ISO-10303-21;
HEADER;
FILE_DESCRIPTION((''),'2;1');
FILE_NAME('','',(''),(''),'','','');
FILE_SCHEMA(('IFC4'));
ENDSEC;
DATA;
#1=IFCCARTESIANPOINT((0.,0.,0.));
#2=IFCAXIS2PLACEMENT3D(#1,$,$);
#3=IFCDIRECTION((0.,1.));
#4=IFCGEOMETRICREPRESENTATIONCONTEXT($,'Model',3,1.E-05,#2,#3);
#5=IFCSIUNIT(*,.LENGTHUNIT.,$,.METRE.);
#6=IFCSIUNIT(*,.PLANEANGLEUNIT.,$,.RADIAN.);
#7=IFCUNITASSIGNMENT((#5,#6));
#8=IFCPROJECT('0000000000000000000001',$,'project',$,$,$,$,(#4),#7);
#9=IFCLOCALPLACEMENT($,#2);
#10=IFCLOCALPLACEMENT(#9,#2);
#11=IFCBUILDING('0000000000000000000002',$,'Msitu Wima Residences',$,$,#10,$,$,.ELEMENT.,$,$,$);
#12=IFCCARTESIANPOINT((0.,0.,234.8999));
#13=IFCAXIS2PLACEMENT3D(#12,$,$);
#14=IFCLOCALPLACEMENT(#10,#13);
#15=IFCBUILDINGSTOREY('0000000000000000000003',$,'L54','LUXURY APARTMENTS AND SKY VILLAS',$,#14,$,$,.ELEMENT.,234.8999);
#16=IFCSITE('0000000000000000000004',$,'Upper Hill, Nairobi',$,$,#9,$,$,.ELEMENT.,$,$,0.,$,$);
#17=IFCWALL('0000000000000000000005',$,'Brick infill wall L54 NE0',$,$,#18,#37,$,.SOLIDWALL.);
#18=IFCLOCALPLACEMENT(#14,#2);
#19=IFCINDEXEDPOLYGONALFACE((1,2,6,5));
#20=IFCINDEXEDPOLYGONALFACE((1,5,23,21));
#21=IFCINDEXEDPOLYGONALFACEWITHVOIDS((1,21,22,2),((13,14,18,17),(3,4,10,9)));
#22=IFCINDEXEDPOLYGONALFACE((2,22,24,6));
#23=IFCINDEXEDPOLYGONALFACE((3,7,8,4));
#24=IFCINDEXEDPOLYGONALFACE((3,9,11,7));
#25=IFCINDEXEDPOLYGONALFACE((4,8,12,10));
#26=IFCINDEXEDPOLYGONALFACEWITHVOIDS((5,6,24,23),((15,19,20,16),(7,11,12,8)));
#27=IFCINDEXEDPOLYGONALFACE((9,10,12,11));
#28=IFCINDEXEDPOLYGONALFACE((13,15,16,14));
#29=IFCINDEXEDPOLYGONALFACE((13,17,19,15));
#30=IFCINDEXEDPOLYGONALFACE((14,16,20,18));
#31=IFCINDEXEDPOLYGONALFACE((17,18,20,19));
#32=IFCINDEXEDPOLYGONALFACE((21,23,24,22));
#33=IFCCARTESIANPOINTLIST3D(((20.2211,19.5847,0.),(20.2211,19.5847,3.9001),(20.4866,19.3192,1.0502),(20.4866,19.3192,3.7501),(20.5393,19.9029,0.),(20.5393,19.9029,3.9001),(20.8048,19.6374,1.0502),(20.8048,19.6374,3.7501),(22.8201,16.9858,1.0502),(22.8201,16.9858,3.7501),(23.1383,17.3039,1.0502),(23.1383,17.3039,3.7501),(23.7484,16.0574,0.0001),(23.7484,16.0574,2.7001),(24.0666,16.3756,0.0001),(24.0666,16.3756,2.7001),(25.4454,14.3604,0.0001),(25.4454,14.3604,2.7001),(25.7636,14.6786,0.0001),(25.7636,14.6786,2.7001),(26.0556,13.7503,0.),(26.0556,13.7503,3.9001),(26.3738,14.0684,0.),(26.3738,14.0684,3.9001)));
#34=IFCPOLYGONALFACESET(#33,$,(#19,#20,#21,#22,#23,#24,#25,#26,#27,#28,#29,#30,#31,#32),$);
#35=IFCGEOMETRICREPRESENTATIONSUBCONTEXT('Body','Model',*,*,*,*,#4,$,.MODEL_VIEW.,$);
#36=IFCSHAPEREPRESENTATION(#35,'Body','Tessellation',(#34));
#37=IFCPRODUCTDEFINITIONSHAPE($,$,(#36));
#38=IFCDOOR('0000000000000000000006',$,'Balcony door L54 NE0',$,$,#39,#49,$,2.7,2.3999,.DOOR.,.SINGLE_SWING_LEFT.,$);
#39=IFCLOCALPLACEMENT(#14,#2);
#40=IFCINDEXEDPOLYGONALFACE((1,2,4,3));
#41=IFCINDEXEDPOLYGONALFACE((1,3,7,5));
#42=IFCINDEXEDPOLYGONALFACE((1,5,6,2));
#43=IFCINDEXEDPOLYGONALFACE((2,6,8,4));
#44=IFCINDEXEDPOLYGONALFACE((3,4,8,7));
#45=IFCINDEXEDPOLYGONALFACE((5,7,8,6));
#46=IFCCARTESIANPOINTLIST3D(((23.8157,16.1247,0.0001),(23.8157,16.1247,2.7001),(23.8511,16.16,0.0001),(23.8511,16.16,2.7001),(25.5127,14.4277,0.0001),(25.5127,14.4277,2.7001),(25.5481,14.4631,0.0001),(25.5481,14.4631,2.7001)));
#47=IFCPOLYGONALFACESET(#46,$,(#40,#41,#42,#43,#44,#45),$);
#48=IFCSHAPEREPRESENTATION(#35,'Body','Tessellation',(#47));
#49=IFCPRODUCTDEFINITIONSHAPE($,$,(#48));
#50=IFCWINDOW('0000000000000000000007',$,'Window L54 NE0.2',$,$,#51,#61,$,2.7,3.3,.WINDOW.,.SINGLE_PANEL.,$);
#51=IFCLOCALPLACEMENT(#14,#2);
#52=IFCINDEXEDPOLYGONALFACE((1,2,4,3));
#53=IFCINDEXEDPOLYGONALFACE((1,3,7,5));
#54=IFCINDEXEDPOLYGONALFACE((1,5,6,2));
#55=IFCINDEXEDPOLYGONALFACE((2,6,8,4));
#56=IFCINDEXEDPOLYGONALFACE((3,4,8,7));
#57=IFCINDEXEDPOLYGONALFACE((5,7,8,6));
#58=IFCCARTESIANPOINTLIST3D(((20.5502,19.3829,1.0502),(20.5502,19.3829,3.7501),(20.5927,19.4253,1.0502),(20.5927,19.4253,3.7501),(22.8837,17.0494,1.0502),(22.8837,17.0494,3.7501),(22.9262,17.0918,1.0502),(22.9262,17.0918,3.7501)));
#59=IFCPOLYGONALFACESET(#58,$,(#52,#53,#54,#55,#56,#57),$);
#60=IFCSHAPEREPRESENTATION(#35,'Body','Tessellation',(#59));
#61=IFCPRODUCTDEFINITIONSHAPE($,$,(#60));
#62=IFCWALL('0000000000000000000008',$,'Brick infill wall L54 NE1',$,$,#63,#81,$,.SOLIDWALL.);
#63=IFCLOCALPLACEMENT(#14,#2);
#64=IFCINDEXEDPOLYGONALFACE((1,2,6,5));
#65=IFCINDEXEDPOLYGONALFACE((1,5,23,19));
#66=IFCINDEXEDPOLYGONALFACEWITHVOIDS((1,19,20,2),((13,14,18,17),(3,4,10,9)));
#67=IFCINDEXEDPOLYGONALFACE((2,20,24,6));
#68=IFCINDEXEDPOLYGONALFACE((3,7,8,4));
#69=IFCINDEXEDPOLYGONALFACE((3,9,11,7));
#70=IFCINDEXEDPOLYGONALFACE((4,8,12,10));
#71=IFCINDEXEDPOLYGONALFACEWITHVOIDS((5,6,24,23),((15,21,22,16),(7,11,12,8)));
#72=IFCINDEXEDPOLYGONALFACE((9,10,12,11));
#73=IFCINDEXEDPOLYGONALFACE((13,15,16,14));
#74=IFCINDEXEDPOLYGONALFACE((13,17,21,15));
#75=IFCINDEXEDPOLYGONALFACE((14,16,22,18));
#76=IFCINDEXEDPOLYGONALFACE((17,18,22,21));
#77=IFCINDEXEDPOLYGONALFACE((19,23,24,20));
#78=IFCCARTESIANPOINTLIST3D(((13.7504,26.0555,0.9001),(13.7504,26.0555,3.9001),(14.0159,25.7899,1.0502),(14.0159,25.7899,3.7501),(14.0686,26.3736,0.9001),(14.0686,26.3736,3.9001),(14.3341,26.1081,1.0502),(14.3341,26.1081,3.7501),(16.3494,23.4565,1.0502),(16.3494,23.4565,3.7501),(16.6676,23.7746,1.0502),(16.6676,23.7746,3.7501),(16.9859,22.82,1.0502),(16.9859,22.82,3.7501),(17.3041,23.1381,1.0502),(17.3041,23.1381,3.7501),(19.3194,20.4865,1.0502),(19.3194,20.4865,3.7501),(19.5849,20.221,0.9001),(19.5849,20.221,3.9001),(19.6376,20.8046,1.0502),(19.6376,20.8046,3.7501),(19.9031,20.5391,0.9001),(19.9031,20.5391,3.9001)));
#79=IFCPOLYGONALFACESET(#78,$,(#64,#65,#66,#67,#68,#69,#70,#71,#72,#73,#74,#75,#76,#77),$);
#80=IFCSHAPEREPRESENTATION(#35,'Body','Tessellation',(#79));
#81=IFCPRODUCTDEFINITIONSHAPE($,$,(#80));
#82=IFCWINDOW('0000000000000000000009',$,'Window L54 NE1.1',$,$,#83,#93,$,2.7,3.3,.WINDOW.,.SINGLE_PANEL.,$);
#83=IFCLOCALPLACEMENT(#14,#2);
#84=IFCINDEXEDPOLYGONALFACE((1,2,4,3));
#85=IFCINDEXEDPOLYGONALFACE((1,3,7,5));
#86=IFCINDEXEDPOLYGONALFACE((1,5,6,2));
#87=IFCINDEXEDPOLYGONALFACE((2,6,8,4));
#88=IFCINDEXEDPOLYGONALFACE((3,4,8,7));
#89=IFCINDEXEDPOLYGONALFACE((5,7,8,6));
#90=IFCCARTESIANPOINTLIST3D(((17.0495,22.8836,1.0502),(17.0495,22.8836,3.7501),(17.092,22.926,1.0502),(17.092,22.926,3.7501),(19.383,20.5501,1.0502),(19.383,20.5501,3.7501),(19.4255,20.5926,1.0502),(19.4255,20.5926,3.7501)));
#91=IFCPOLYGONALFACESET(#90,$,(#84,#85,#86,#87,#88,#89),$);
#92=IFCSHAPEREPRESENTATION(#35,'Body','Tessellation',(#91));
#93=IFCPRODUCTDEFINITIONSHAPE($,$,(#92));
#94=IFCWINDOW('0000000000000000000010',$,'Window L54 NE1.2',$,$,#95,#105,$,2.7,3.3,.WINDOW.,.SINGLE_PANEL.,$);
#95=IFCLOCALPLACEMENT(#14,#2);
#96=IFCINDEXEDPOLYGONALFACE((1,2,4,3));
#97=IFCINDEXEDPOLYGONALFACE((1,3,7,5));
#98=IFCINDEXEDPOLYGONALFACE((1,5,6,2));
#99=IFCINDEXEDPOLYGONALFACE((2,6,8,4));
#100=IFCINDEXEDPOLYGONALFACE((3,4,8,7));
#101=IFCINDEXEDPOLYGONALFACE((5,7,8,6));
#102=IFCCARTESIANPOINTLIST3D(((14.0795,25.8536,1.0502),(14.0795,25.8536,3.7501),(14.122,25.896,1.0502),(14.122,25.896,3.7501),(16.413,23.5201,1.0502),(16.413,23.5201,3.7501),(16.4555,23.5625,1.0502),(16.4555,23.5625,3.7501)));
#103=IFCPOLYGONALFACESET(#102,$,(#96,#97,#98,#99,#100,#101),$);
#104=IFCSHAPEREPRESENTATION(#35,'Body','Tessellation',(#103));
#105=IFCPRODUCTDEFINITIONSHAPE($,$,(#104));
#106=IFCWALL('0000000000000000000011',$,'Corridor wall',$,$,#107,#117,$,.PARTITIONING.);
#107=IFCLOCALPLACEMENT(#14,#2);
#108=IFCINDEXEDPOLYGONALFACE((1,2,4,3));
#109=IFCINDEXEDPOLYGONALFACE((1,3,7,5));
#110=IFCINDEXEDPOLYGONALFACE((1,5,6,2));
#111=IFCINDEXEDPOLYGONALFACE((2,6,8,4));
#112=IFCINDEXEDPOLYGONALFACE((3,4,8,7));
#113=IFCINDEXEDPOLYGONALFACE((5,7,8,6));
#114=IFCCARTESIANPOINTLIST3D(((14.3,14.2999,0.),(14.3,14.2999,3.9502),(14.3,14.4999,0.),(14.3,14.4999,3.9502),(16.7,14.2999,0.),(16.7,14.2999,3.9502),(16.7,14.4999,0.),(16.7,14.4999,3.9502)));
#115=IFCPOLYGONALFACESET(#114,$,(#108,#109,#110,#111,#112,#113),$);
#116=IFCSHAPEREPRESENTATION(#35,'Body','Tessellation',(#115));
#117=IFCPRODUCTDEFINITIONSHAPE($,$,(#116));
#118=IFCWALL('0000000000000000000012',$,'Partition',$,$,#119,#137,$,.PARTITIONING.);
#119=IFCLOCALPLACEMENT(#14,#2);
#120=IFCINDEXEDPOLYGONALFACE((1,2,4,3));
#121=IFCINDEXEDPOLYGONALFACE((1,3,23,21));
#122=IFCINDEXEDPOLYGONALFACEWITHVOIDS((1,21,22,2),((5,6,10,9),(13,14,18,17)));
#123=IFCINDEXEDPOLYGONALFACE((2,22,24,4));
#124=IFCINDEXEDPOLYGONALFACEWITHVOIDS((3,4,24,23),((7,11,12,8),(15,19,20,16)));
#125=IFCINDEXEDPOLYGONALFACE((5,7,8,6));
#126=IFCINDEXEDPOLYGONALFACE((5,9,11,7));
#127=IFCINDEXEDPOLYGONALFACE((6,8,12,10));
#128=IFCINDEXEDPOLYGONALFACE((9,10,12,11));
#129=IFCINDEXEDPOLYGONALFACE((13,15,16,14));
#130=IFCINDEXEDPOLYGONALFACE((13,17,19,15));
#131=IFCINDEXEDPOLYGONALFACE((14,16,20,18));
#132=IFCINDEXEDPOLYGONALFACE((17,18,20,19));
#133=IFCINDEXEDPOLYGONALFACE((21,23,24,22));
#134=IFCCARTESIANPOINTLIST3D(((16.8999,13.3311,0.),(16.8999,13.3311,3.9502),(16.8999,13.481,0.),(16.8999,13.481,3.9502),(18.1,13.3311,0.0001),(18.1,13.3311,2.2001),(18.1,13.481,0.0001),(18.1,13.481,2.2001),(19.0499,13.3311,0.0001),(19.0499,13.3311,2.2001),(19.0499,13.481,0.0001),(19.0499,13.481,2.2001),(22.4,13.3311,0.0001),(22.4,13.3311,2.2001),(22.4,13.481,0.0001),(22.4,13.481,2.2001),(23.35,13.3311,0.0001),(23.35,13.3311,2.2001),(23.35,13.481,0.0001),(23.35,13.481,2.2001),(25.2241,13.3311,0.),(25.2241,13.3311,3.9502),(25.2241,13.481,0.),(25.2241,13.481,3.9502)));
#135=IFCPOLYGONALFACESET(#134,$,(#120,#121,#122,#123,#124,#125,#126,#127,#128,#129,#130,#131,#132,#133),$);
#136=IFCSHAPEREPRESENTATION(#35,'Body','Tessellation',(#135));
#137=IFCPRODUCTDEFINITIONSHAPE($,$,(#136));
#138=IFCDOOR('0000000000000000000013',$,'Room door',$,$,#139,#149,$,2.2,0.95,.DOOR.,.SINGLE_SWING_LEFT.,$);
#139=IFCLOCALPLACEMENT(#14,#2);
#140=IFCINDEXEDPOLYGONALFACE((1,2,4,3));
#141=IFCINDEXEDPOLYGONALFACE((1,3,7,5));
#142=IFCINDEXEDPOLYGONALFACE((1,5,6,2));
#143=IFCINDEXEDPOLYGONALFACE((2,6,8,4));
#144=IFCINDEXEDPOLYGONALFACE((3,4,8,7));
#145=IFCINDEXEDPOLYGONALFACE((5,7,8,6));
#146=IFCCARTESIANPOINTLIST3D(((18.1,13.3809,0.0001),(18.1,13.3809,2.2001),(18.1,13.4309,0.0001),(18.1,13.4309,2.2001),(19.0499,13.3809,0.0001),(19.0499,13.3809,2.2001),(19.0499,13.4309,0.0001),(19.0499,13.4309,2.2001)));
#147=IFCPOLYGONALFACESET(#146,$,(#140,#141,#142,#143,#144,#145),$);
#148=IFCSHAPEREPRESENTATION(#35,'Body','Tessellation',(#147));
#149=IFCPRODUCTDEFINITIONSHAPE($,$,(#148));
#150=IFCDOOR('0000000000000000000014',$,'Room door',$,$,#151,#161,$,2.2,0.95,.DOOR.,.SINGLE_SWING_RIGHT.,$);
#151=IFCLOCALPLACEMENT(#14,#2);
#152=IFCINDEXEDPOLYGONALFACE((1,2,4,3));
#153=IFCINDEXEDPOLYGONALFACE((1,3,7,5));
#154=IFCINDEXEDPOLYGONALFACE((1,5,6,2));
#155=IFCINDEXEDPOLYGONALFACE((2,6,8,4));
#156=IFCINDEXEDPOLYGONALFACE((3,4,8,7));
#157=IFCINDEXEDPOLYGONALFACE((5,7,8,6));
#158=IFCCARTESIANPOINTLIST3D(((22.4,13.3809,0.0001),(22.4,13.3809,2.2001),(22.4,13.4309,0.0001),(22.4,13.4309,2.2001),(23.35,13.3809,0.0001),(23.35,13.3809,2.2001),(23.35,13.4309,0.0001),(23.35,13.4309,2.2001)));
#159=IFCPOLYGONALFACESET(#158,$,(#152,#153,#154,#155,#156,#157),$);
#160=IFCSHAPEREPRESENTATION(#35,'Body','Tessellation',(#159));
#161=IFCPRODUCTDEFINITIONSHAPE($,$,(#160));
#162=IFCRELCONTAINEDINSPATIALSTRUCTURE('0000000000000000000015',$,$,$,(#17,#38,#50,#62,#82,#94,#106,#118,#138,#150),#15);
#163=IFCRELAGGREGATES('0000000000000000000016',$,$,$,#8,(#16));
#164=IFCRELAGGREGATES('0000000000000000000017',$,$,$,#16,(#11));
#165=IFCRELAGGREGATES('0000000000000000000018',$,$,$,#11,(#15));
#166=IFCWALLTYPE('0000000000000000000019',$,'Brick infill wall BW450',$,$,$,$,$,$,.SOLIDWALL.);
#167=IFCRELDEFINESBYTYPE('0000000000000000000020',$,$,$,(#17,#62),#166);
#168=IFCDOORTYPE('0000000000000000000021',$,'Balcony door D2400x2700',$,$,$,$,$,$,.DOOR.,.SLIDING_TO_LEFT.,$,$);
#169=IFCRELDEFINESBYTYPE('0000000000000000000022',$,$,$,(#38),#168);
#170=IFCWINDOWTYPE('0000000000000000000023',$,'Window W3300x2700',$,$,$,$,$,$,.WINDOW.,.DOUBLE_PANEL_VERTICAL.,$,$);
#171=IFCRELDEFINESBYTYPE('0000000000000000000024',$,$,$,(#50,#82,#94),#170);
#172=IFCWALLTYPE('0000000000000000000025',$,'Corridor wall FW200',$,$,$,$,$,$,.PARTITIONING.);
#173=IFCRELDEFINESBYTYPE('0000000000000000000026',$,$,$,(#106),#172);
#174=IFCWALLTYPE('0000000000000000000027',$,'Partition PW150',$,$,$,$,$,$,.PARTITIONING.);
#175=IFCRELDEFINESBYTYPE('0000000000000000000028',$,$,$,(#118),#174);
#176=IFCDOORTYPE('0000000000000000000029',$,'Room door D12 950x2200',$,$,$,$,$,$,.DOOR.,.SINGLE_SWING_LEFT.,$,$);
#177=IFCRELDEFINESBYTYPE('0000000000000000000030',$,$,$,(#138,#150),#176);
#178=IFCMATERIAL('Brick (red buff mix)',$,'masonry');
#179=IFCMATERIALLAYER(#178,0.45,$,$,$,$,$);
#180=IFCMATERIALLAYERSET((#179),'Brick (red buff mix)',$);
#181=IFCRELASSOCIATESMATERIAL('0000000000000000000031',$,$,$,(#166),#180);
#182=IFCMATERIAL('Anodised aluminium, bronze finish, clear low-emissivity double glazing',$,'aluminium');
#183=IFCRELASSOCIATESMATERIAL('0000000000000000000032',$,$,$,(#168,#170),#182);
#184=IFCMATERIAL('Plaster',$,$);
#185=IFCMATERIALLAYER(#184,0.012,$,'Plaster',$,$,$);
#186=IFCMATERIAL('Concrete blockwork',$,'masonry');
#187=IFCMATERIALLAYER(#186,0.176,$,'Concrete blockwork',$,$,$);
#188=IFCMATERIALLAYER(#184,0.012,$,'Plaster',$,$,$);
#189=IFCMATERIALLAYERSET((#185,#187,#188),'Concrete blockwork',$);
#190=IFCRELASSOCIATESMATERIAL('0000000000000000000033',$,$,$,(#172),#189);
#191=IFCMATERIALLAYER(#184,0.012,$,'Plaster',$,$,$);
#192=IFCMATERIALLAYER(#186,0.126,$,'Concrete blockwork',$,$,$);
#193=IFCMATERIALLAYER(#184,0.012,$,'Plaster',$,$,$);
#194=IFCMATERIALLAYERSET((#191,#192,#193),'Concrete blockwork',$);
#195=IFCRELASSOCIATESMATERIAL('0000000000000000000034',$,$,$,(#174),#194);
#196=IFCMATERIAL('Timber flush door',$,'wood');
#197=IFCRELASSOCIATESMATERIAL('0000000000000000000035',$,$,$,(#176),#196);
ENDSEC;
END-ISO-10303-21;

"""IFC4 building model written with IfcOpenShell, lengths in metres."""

from ifc_helpers import new_model, si_unit, direction, frame, frame_2d, origin, place, context, subcontext, project, spatial, rectangle, extrude, material, layer, layer_set, type_object, element, fill, save


model = new_model("IFC4")

# Units and contexts
model_context = context("Model", 3, precision=1e-05, world=origin(), true_north=direction((0.0, 1.0)))
body_context = subcontext(model_context, "Body", "Model", "MODEL_VIEW")
ifc_project = project(units=[si_unit("LENGTHUNIT", "METRE"), si_unit("PLANEANGLEUNIT", "RADIAN")], contexts=[model_context])

# Site, building, storey
site_placement = place(None, origin())
site = spatial("IfcSite", under=ifc_project, at=site_placement, Name="Upper Hill, Nairobi", CompositionType="ELEMENT", RefElevation=0.0)
building_placement = place(site_placement, origin())
building = spatial("IfcBuilding", under=site, at=building_placement, Name="Msitu Wima Residences", CompositionType="ELEMENT")
storey_placement = place(building_placement, frame((0.0, 0.0, 234.8999)))
storey = spatial("IfcBuildingStorey", under=building, at=storey_placement, Name="L54", Description="LUXURY APARTMENTS AND SKY VILLAS", CompositionType="ELEMENT", Elevation=234.8999)

# Wall, openings, door, window
ifc_material_1 = material(Name="Brick (red buff mix)", Category="masonry")
ifc_layer_1 = layer(ifc_material_1, 0.45)
ifc_layer_set_1 = layer_set([ifc_layer_1], Name="Brick (red buff mix)")
wall_type_1 = type_object("IfcWallType", Name="Brick infill wall BW450", PredefinedType="SOLIDWALL", material=ifc_layer_set_1)
wall_1_placement = place(storey_placement, frame((26.2146, 13.9094, 0.0), z_axis=(0.0, 0.0, 1.0), x_axis=(-0.707107, 0.707107, 0.0)))
wall_1 = element("IfcWall", 1, at=wall_1_placement, inside=storey, type_object=wall_type_1, Name="Brick infill wall L54 NE0", PredefinedType="SOLIDWALL", context=body_context, shape_type="SweptSolid", body=[
    extrude(rectangle(XDim=8.2512, YDim=0.45, at=frame_2d((4.1255, 0.0))), origin(), (0.0, 0.0, 1.0), 3.9001),
])
opening_1_placement = place(wall_1_placement, frame((0.8628, 0.0, 0.0)))
opening_1 = element("IfcOpeningElement", 2, at=opening_1_placement, cuts=wall_1, PredefinedType="OPENING", context=body_context, shape_type="SweptSolid", body=[
    extrude(rectangle(XDim=2.3999, YDim=2.7, at=frame_2d((1.2, 1.3501))), frame((0.0, 0.2349, 0.0), z_axis=(0.0, -1.0, 0.0), x_axis=(1.0, 0.0, 0.0)), (0.0, 0.0, 1.0), 0.47),
])
opening_2_placement = place(wall_1_placement, frame((4.5757, 0.0, 1.05)))
opening_2 = element("IfcOpeningElement", 3, at=opening_2_placement, cuts=wall_1, PredefinedType="OPENING", context=body_context, shape_type="SweptSolid", body=[
    extrude(rectangle(XDim=3.3, YDim=2.7, at=frame_2d((1.6499, 1.3501))), frame((0.0, 0.2349, 0.0), z_axis=(0.0, -1.0, 0.0), x_axis=(1.0, 0.0, 0.0)), (0.0, 0.0, 1.0), 0.47),
])
ifc_material_2 = material(Name="Anodised aluminium, bronze finish, clear low-emissivity double glazing", Category="aluminium")
door_type_1 = type_object("IfcDoorType", Name="Balcony door D2400x2700", OperationType="SLIDING_TO_LEFT", PredefinedType="DOOR", material=ifc_material_2)
door_1_placement = place(opening_1_placement, origin())
door_1 = element("IfcDoor", 4, at=door_1_placement, inside=storey, type_object=door_type_1, Name="Balcony door L54 NE0", OperationType="SINGLE_SWING_LEFT", OverallHeight=2.7, OverallWidth=2.3999, PredefinedType="DOOR", context=body_context, shape_type="SweptSolid", body=[
    extrude(rectangle(XDim=2.3999, YDim=2.7, at=frame_2d((1.2, 1.3501))), frame((0.0, 0.1299, 0.0), z_axis=(0.0, -1.0, 0.0), x_axis=(1.0, 0.0, 0.0)), (0.0, 0.0, 1.0), 0.05),
])
fill(opening_1, door_1)
window_type = type_object("IfcWindowType", Name="Window W3300x2700", PartitioningType="DOUBLE_PANEL_VERTICAL", PredefinedType="WINDOW", material=ifc_material_2)
window_1_placement = place(opening_2_placement, origin())
window_1 = element("IfcWindow", 5, at=window_1_placement, inside=storey, type_object=window_type, Name="Window L54 NE0.2", OverallHeight=2.7, OverallWidth=3.3, PartitioningType="SINGLE_PANEL", PredefinedType="WINDOW", context=body_context, shape_type="SweptSolid", body=[
    extrude(rectangle(XDim=3.3, YDim=2.7, at=frame_2d((1.6499, 1.3501))), frame((0.0, 0.135, 0.0), z_axis=(0.0, -1.0, 0.0), x_axis=(1.0, 0.0, 0.0)), (0.0, 0.0, 1.0), 0.0601),
])
fill(opening_2, window_1)

# Wall, openings, windows
wall_2_placement = place(storey_placement, frame((19.7439, 20.3801, 0.9001), z_axis=(0.0, 0.0, 1.0), x_axis=(-0.707107, 0.707107, 0.0)))
wall_2 = element("IfcWall", 6, at=wall_2_placement, inside=storey, type_object=wall_type_1, Name="Brick infill wall L54 NE1", PredefinedType="SOLIDWALL", context=body_context, shape_type="SweptSolid", body=[
    extrude(rectangle(XDim=8.2512, YDim=0.45, at=frame_2d((4.1255, 0.0))), origin(), (0.0, 0.0, 1.0), 3.0),
])
opening_3_placement = place(wall_2_placement, frame((0.3755, 0.0, 0.1499)))
opening_3 = element("IfcOpeningElement", 7, at=opening_3_placement, cuts=wall_2, PredefinedType="OPENING", context=body_context, shape_type="SweptSolid", body=[
    extrude(rectangle(XDim=3.3, YDim=2.7, at=frame_2d((1.6499, 1.3501))), frame((0.0, 0.2349, 0.0), z_axis=(0.0, -1.0, 0.0), x_axis=(1.0, 0.0, 0.0)), (0.0, 0.0, 1.0), 0.47),
])
opening_4_placement = place(wall_2_placement, frame((4.5757, 0.0, 0.1499)))
opening_4 = element("IfcOpeningElement", 8, at=opening_4_placement, cuts=wall_2, PredefinedType="OPENING", context=body_context, shape_type="SweptSolid", body=[
    extrude(rectangle(XDim=3.3, YDim=2.7, at=frame_2d((1.6499, 1.3501))), frame((0.0, 0.2349, 0.0), z_axis=(0.0, -1.0, 0.0), x_axis=(1.0, 0.0, 0.0)), (0.0, 0.0, 1.0), 0.47),
])
window_2_placement = place(opening_3_placement, origin())
window_2 = element("IfcWindow", 9, at=window_2_placement, inside=storey, type_object=window_type, Name="Window L54 NE1.1", OverallHeight=2.7, OverallWidth=3.3, PartitioningType="SINGLE_PANEL", PredefinedType="WINDOW", context=body_context, shape_type="SweptSolid", body=[
    extrude(rectangle(XDim=3.3, YDim=2.7, at=frame_2d((1.6499, 1.3501))), frame((0.0, 0.135, 0.0), z_axis=(0.0, -1.0, 0.0), x_axis=(1.0, 0.0, 0.0)), (0.0, 0.0, 1.0), 0.0601),
])
fill(opening_3, window_2)
window_3_placement = place(opening_4_placement, origin())
window_3 = element("IfcWindow", 10, at=window_3_placement, inside=storey, type_object=window_type, Name="Window L54 NE1.2", OverallHeight=2.7, OverallWidth=3.3, PartitioningType="SINGLE_PANEL", PredefinedType="WINDOW", context=body_context, shape_type="SweptSolid", body=[
    extrude(rectangle(XDim=3.3, YDim=2.7, at=frame_2d((1.6499, 1.3501))), frame((0.0, 0.135, 0.0), z_axis=(0.0, -1.0, 0.0), x_axis=(1.0, 0.0, 0.0)), (0.0, 0.0, 1.0), 0.0601),
])
fill(opening_4, window_3)

# Shared definitions
ifc_material_3 = material(Name="Plaster")
ifc_layer_2 = layer(ifc_material_3, 0.012, Name="Plaster")
ifc_material_4 = material(Name="Concrete blockwork", Category="masonry")
ifc_layer_3 = layer(ifc_material_4, 0.176, Name="Concrete blockwork")
ifc_layer_4 = layer(ifc_material_3, 0.012, Name="Plaster")
ifc_layer_set_2 = layer_set([ifc_layer_2, ifc_layer_3, ifc_layer_4], Name="Concrete blockwork")
wall_type_2 = type_object("IfcWallType", Name="Corridor wall FW200", PredefinedType="PARTITIONING", material=ifc_layer_set_2)

# Wall
wall_3_placement = place(storey_placement, frame((14.3, 14.3999, 0.0), z_axis=(0.0, 0.0, 1.0), x_axis=(1.0, 0.0, 0.0)))
element("IfcWall", 11, at=wall_3_placement, inside=storey, type_object=wall_type_2, Name="Corridor wall", PredefinedType="PARTITIONING", context=body_context, shape_type="SweptSolid", body=[
    extrude(rectangle(XDim=2.3999, YDim=0.2, at=frame_2d((1.2, 0.0))), origin(), (0.0, 0.0, 1.0), 3.9502),
])

# Wall, openings, doors
ifc_layer_5 = layer(ifc_material_3, 0.012, Name="Plaster")
ifc_layer_6 = layer(ifc_material_4, 0.126, Name="Concrete blockwork")
ifc_layer_7 = layer(ifc_material_3, 0.012, Name="Plaster")
ifc_layer_set_3 = layer_set([ifc_layer_5, ifc_layer_6, ifc_layer_7], Name="Concrete blockwork")
wall_type_3 = type_object("IfcWallType", Name="Partition PW150", PredefinedType="PARTITIONING", material=ifc_layer_set_3)
wall_4_placement = place(storey_placement, frame((16.8999, 13.406, 0.0), z_axis=(0.0, 0.0, 1.0), x_axis=(1.0, 0.0, 0.0)))
wall_4 = element("IfcWall", 12, at=wall_4_placement, inside=storey, type_object=wall_type_3, Name="Partition", PredefinedType="PARTITIONING", context=body_context, shape_type="SweptSolid", body=[
    extrude(rectangle(XDim=8.3242, YDim=0.1499, at=frame_2d((4.1621, 0.0))), origin(), (0.0, 0.0, 1.0), 3.9502),
])
opening_5_placement = place(wall_4_placement, frame((1.2, 0.0, 0.0)))
opening_5 = element("IfcOpeningElement", 13, at=opening_5_placement, cuts=wall_4, PredefinedType="OPENING", context=body_context, shape_type="SweptSolid", body=[
    extrude(rectangle(XDim=0.95, YDim=2.2, at=frame_2d((0.4751, 1.1001))), frame((0.0, 0.085, 0.0), z_axis=(0.0, -1.0, 0.0), x_axis=(1.0, 0.0, 0.0)), (0.0, 0.0, 1.0), 0.1699),
])
opening_6_placement = place(wall_4_placement, frame((5.5, 0.0, 0.0)))
opening_6 = element("IfcOpeningElement", 14, at=opening_6_placement, cuts=wall_4, PredefinedType="OPENING", context=body_context, shape_type="SweptSolid", body=[
    extrude(rectangle(XDim=0.95, YDim=2.2, at=frame_2d((0.4751, 1.1001))), frame((0.0, 0.085, 0.0), z_axis=(0.0, -1.0, 0.0), x_axis=(1.0, 0.0, 0.0)), (0.0, 0.0, 1.0), 0.1699),
])
ifc_material_5 = material(Name="Timber flush door", Category="wood")
door_type_2 = type_object("IfcDoorType", Name="Room door D12 950x2200", OperationType="SINGLE_SWING_LEFT", PredefinedType="DOOR", material=ifc_material_5)
door_2_placement = place(opening_5_placement, origin())
door_2 = element("IfcDoor", 15, at=door_2_placement, inside=storey, type_object=door_type_2, Name="Room door", OperationType="SINGLE_SWING_LEFT", OverallHeight=2.2, OverallWidth=0.95, PredefinedType="DOOR", context=body_context, shape_type="SweptSolid", body=[
    extrude(rectangle(XDim=0.95, YDim=2.2, at=frame_2d((0.4751, 1.1001))), frame((0.0, 0.0249, 0.0), z_axis=(0.0, -1.0, 0.0), x_axis=(1.0, 0.0, 0.0)), (0.0, 0.0, 1.0), 0.05),
])
fill(opening_5, door_2)
door_3_placement = place(opening_6_placement, origin())
door_3 = element("IfcDoor", 16, at=door_3_placement, inside=storey, type_object=door_type_2, Name="Room door", OperationType="SINGLE_SWING_RIGHT", OverallHeight=2.2, OverallWidth=0.95, PredefinedType="DOOR", context=body_context, shape_type="SweptSolid", body=[
    extrude(rectangle(XDim=0.95, YDim=2.2, at=frame_2d((0.4751, 1.1001))), frame((0.0, 0.0249, 0.0), z_axis=(0.0, -1.0, 0.0), x_axis=(1.0, 0.0, 0.0)), (0.0, 0.0, 1.0), 0.05),
])
fill(opening_6, door_3)

save(model, "model.ifc")
